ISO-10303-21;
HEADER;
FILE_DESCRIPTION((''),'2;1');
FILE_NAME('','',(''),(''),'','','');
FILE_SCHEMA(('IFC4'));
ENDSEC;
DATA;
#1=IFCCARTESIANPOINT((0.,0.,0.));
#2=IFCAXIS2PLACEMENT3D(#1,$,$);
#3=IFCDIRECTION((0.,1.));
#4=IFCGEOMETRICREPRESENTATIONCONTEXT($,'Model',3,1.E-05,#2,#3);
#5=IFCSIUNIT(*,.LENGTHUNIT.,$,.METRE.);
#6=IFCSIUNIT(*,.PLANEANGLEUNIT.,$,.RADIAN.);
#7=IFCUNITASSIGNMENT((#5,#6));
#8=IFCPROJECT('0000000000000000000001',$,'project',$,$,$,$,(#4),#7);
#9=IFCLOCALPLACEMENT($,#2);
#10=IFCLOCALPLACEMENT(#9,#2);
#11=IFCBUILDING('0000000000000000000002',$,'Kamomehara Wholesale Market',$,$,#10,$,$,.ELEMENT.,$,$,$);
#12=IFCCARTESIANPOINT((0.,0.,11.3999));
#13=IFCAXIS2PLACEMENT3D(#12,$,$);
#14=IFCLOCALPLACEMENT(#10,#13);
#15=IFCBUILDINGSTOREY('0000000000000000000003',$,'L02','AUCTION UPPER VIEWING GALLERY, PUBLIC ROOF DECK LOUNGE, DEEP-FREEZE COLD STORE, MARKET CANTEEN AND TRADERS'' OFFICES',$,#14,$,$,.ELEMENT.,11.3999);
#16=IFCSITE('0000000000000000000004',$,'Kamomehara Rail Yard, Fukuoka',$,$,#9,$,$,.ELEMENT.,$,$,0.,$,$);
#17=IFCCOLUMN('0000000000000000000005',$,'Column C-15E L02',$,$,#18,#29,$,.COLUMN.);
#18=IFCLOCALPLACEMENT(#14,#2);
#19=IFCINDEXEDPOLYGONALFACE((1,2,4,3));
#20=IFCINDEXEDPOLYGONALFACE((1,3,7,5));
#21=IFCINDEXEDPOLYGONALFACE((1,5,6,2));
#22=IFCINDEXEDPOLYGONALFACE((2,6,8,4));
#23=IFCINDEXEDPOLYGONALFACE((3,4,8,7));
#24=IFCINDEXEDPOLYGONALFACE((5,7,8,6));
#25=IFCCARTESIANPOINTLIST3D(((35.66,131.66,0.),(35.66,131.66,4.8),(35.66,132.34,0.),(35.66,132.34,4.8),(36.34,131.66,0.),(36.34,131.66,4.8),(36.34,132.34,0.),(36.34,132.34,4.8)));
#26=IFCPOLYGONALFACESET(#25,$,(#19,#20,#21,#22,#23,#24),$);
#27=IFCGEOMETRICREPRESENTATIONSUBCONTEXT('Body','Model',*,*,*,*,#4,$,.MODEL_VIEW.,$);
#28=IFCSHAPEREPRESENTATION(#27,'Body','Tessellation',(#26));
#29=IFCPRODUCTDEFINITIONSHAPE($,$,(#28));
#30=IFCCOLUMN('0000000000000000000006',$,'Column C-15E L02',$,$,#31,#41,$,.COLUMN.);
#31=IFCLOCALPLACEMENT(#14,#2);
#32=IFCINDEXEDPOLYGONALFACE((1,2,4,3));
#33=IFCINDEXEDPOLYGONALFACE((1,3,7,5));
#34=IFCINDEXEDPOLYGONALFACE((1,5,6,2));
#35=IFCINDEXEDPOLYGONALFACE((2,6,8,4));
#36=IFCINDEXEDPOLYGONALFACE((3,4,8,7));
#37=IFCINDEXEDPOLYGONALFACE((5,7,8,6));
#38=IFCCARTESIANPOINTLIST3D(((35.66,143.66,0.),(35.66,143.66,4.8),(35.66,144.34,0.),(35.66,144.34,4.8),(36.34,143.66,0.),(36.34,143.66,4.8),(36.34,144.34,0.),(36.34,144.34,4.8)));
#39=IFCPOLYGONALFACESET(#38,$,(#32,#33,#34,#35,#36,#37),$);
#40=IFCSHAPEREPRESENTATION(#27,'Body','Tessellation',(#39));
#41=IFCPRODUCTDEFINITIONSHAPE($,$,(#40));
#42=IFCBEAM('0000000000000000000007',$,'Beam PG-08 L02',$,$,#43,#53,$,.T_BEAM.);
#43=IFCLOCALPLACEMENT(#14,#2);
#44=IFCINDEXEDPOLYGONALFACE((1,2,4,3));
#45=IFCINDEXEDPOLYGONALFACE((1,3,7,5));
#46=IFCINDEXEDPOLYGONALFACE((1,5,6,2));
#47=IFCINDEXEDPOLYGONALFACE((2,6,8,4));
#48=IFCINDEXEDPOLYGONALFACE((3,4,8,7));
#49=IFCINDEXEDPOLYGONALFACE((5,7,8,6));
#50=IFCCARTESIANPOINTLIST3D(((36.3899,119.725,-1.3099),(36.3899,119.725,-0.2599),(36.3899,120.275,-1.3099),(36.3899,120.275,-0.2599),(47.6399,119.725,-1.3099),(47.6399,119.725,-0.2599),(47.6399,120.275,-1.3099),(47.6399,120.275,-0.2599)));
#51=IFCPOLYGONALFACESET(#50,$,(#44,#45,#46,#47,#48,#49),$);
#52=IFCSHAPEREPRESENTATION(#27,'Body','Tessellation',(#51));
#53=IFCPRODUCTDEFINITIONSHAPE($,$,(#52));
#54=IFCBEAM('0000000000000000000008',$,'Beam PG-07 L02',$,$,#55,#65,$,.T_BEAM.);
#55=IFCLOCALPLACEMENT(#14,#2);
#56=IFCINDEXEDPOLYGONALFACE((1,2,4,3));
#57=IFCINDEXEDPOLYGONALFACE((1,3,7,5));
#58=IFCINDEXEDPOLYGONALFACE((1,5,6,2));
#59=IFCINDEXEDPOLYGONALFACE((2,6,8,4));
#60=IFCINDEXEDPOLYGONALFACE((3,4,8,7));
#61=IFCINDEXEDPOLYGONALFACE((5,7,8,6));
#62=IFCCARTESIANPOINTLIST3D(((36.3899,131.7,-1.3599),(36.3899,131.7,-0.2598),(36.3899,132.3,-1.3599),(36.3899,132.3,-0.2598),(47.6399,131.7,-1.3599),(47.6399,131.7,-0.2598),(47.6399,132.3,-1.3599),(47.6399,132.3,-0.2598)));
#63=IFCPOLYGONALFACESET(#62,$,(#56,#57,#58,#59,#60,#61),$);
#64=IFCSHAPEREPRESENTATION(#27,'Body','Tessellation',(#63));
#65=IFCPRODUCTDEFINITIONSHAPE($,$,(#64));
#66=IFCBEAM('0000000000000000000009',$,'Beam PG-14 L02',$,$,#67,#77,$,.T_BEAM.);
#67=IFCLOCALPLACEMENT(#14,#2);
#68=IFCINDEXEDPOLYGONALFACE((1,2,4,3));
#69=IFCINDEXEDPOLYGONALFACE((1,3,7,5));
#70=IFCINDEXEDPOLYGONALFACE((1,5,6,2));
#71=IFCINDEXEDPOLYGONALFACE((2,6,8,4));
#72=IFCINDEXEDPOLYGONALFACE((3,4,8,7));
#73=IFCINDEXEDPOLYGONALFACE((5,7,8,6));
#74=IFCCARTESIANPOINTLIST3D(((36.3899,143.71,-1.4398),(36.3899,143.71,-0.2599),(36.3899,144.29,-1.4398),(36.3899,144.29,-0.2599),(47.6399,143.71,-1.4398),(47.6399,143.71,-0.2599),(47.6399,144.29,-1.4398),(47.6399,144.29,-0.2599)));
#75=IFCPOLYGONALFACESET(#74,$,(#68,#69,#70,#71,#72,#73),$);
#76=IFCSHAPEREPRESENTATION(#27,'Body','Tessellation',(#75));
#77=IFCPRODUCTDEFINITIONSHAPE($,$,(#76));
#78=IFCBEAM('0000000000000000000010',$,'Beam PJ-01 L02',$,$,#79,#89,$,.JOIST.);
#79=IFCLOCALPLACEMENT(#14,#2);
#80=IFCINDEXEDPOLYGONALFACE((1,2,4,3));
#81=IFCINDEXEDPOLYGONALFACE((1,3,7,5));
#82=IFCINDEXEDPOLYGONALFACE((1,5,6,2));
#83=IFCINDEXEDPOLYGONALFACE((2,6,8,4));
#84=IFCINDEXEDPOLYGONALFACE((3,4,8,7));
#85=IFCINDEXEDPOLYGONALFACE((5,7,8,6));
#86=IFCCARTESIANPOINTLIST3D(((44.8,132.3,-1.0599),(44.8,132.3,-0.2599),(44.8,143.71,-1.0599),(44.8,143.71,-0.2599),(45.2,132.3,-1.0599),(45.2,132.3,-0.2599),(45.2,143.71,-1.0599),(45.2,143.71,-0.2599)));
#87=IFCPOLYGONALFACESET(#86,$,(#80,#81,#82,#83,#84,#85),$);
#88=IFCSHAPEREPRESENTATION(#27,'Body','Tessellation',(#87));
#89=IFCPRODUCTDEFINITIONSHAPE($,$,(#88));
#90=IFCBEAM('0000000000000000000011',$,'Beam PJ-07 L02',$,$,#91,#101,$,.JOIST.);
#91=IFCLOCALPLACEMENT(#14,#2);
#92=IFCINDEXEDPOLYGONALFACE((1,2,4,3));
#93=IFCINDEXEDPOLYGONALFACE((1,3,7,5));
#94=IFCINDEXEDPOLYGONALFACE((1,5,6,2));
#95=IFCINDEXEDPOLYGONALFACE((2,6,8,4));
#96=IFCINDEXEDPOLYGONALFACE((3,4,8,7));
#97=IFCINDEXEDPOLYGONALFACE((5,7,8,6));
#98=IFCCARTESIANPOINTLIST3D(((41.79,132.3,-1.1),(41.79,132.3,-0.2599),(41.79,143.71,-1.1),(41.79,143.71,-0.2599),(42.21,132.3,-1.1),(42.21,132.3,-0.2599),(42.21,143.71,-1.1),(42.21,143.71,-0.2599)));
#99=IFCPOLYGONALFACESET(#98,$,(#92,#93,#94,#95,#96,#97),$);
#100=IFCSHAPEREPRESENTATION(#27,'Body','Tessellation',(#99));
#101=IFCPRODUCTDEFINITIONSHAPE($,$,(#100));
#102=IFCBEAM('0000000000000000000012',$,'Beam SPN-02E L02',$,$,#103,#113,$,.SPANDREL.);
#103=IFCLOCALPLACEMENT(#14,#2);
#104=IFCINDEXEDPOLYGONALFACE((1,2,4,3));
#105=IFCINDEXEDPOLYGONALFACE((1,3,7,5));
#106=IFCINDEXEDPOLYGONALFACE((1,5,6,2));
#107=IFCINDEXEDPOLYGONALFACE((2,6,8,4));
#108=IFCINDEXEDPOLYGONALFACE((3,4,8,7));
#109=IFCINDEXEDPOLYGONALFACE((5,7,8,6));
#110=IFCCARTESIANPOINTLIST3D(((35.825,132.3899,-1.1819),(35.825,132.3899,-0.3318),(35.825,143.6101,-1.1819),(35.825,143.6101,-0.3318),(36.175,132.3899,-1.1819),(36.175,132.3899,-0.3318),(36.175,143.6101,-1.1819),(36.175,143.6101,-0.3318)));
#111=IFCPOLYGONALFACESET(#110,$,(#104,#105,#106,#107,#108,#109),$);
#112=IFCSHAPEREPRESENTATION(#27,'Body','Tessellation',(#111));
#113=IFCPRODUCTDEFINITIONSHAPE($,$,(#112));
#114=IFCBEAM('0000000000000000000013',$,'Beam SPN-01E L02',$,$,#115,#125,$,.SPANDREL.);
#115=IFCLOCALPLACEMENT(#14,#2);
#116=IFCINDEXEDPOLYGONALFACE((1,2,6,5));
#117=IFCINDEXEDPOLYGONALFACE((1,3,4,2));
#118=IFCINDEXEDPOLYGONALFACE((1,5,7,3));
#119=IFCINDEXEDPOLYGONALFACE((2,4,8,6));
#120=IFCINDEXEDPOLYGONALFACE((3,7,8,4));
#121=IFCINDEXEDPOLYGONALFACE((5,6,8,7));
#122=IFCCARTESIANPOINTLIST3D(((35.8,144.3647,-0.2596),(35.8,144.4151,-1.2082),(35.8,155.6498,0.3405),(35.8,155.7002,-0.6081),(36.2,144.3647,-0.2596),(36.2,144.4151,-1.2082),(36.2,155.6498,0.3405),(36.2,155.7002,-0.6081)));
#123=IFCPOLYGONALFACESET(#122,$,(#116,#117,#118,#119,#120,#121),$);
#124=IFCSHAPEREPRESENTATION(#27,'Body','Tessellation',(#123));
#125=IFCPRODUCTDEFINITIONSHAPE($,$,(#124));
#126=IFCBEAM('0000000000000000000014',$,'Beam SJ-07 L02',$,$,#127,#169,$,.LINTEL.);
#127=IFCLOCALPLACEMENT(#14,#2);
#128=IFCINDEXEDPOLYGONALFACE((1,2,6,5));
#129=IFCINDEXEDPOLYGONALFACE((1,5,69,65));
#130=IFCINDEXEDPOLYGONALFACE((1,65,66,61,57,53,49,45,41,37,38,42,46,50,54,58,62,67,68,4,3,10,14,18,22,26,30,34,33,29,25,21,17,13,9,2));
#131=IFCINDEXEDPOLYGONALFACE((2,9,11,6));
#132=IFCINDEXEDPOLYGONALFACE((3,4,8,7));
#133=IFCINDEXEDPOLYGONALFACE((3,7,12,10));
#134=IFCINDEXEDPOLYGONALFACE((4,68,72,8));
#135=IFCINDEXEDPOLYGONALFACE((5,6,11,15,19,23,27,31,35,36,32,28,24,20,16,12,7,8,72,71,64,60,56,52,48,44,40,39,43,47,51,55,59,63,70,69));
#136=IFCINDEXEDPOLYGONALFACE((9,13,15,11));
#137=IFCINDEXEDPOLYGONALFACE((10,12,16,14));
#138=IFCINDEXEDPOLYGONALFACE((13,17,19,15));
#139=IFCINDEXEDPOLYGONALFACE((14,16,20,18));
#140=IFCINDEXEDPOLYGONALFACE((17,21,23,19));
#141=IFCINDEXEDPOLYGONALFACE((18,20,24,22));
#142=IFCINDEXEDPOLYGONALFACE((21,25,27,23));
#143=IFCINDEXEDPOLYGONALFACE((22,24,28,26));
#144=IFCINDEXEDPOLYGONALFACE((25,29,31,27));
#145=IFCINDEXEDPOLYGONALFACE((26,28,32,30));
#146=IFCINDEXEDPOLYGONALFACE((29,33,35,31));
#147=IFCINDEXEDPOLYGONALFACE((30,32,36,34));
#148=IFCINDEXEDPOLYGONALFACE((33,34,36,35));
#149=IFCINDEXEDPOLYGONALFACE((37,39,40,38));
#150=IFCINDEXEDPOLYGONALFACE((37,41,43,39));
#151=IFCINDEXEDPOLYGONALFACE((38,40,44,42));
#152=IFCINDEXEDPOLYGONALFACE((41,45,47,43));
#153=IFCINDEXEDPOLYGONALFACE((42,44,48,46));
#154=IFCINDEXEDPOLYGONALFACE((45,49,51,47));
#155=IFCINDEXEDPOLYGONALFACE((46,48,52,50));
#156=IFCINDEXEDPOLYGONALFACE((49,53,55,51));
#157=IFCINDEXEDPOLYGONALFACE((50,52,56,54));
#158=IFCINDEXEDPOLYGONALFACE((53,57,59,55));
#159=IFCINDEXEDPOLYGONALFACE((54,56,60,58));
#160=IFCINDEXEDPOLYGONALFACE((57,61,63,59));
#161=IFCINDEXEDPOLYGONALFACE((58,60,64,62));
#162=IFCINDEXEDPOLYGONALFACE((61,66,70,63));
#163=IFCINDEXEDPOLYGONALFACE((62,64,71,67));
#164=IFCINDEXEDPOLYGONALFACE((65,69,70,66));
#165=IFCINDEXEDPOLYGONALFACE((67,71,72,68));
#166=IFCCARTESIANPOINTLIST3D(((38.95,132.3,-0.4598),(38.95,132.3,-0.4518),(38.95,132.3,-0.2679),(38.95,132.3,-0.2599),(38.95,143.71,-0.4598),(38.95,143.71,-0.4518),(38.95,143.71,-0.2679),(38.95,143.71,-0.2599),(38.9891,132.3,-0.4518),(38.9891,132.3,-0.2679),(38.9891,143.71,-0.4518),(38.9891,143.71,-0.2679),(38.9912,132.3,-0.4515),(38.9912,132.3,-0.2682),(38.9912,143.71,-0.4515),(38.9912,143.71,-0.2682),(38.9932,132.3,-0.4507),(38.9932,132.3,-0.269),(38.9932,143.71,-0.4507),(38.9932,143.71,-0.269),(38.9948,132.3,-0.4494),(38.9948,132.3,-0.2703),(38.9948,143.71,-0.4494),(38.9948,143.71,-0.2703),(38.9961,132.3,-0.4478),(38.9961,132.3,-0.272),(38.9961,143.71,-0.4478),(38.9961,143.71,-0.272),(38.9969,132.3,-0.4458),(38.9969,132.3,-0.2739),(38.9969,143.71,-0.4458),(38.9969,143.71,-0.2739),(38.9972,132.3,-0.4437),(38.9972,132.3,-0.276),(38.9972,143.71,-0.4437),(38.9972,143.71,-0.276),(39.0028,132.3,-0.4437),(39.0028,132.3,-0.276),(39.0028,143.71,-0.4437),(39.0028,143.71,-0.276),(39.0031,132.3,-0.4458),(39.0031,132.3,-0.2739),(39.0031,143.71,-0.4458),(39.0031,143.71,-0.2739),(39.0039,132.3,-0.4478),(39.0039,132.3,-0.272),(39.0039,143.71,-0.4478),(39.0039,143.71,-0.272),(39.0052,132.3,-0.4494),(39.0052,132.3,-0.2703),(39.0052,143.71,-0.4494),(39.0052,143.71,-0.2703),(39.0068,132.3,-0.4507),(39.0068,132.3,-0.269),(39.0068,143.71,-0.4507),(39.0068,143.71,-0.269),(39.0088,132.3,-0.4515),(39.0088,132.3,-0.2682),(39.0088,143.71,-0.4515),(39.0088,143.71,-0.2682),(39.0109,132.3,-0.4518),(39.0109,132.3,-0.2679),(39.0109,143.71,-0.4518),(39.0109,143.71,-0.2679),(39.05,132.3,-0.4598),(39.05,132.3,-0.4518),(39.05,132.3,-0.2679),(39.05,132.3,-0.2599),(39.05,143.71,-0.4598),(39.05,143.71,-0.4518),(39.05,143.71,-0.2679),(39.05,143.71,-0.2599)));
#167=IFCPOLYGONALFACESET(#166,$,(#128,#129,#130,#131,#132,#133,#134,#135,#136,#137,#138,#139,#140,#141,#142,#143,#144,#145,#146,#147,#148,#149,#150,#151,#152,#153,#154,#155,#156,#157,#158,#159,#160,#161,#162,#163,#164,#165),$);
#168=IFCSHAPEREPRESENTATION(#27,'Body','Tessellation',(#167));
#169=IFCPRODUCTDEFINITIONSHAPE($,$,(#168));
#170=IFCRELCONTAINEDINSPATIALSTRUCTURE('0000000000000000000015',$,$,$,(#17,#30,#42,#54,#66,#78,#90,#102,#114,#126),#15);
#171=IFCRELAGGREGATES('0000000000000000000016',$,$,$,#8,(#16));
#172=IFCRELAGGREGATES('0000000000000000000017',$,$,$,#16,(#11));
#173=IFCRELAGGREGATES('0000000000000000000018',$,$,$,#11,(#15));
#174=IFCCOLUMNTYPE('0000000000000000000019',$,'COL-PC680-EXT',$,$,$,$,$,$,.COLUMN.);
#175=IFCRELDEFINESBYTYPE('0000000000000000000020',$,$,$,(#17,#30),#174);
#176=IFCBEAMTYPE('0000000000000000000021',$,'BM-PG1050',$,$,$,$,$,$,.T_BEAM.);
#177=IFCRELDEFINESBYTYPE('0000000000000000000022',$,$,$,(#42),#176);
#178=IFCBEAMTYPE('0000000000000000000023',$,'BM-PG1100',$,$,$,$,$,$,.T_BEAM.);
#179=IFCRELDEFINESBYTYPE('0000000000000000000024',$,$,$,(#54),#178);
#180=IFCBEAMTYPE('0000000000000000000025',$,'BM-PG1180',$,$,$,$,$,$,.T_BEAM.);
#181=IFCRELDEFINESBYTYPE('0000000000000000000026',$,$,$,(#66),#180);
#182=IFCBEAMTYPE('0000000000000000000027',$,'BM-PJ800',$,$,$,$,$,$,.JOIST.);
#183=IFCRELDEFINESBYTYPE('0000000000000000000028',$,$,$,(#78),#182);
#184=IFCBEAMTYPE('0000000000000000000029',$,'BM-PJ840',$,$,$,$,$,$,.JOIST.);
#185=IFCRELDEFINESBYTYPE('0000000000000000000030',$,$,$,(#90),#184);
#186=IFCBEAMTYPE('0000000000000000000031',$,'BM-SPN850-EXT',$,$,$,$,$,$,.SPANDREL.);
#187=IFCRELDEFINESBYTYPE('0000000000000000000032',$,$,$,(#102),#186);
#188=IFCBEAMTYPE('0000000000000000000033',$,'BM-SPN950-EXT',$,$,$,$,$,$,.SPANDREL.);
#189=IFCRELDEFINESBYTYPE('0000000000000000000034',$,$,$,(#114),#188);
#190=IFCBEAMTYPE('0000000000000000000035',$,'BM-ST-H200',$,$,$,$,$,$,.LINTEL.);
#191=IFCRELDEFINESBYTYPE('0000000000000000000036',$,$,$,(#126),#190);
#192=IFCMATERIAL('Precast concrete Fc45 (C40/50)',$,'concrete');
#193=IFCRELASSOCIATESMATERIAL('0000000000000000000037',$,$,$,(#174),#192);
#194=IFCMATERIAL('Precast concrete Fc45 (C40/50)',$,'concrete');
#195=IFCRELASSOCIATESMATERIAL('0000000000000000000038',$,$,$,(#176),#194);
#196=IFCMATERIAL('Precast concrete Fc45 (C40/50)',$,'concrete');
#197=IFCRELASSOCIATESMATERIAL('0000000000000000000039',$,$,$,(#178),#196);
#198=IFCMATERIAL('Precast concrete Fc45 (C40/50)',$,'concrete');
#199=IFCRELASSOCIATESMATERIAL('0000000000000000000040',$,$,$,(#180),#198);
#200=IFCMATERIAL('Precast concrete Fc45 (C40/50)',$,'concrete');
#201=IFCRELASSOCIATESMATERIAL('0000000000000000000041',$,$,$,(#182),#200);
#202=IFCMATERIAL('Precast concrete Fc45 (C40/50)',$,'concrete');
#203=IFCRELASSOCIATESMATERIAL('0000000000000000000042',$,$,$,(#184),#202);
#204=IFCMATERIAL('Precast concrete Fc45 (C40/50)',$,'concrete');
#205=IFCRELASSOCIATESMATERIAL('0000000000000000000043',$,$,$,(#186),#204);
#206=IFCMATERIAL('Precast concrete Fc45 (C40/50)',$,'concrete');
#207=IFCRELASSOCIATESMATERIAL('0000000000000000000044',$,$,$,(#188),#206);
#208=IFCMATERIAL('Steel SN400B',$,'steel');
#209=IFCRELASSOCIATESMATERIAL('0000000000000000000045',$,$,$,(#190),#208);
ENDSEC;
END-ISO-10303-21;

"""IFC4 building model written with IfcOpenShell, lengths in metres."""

from ifc_helpers import new_model, si_unit, direction, frame, origin, origin_2d, place, context, subcontext, project, spatial, rectangle, i_section, extrude, material, material_profile, profile_set, type_object, element, save


model = new_model("IFC4")

# Units and contexts
model_context = context("Model", 3, precision=1e-05, world=origin(), true_north=direction((0.0, 1.0)))
body_context = subcontext(model_context, "Body", "Model", "MODEL_VIEW")
ifc_project = project(units=[si_unit("LENGTHUNIT", "METRE"), si_unit("PLANEANGLEUNIT", "RADIAN")], contexts=[model_context])

# Site, building, storey
site_placement = place(None, origin())
site = spatial("IfcSite", under=ifc_project, at=site_placement, Name="Kamomehara Rail Yard, Fukuoka", CompositionType="ELEMENT", RefElevation=0.0)
building_placement = place(site_placement, origin())
building = spatial("IfcBuilding", under=site, at=building_placement, Name="Kamomehara Wholesale Market", CompositionType="ELEMENT")
storey_placement = place(building_placement, frame((0.0, 0.0, 11.3999)))
storey = spatial("IfcBuildingStorey", under=building, at=storey_placement, Name="L02", Description="AUCTION UPPER VIEWING GALLERY, PUBLIC ROOF DECK LOUNGE, DEEP-FREEZE COLD STORE, MARKET CANTEEN AND TRADERS' OFFICES", CompositionType="ELEMENT", Elevation=11.3999)

# Columns
ifc_material_1 = material(Name="Precast concrete Fc45 (C40/50)", Category="concrete")
ifc_material_profile_1 = material_profile(ifc_material_1, rectangle(XDim=0.6799, YDim=0.6799, at=origin_2d()), Name="PC-COL-680x680")
ifc_profile_set_1 = profile_set([ifc_material_profile_1], Name="Precast concrete Fc45 (C40/50)")
column_type = type_object("IfcColumnType", Name="COL-PC680-EXT", PredefinedType="COLUMN", material=ifc_profile_set_1)
for number, where, z_axis, x_axis, name in (
    (1, (36.0, 132.0, 0.0), (0.0, 0.0, 1.0), (1.0, 0.0, 0.0), "Column C-15E L02"),
    (2, (36.0, 144.0, 0.0), (0.0, 0.0, 1.0), (1.0, 0.0, 0.0), "Column C-15E L02"),
):
    element("IfcColumn", number, at=place(storey_placement, frame(where, z_axis=z_axis, x_axis=x_axis)), inside=storey, type_object=column_type, Name=name, PredefinedType="COLUMN", context=body_context, shape_type="SweptSolid", body=[
        extrude(rectangle(XDim=0.6799, YDim=0.6799, at=origin_2d()), origin(), (0.0, 0.0, 1.0), 4.8),
    ])

# Beams
ifc_material_2 = material(Name="Precast concrete Fc45 (C40/50)", Category="concrete")
ifc_material_profile_2 = material_profile(ifc_material_2, rectangle(XDim=0.55, YDim=1.05, at=origin_2d()), Name="PC-GRD-550x1050")
ifc_profile_set_2 = profile_set([ifc_material_profile_2], Name="Precast concrete Fc45 (C40/50)")
beam_type_1 = type_object("IfcBeamType", Name="BM-PG1050", PredefinedType="T_BEAM", material=ifc_profile_set_2)
beam_1_placement = place(storey_placement, frame((36.3899, 120.0, -0.7849), z_axis=(1.0, 0.0, 0.0), x_axis=(0.0, 1.0, 0.0)))
element("IfcBeam", 3, at=beam_1_placement, inside=storey, type_object=beam_type_1, Name="Beam PG-08 L02", PredefinedType="T_BEAM", context=body_context, shape_type="SweptSolid", body=[
    extrude(rectangle(XDim=0.55, YDim=1.05, at=origin_2d()), origin(), (0.0, 0.0, 1.0), 11.25),
])
ifc_material_3 = material(Name="Precast concrete Fc45 (C40/50)", Category="concrete")
ifc_material_profile_3 = material_profile(ifc_material_3, rectangle(XDim=0.6001, YDim=1.1001, at=origin_2d()), Name="PC-GRD-600x1100")
ifc_profile_set_3 = profile_set([ifc_material_profile_3], Name="Precast concrete Fc45 (C40/50)")
beam_type_2 = type_object("IfcBeamType", Name="BM-PG1100", PredefinedType="T_BEAM", material=ifc_profile_set_3)
beam_2_placement = place(storey_placement, frame((36.3899, 132.0, -0.8098), z_axis=(1.0, 0.0, 0.0), x_axis=(0.0, 1.0, 0.0)))
element("IfcBeam", 4, at=beam_2_placement, inside=storey, type_object=beam_type_2, Name="Beam PG-07 L02", PredefinedType="T_BEAM", context=body_context, shape_type="SweptSolid", body=[
    extrude(rectangle(XDim=0.6001, YDim=1.1001, at=origin_2d()), origin(), (0.0, 0.0, 1.0), 11.25),
])
ifc_material_4 = material(Name="Precast concrete Fc45 (C40/50)", Category="concrete")
ifc_material_profile_4 = material_profile(ifc_material_4, rectangle(XDim=0.5801, YDim=1.1799, at=origin_2d()), Name="PC-GRD-580x1180")
ifc_profile_set_4 = profile_set([ifc_material_profile_4], Name="Precast concrete Fc45 (C40/50)")
beam_type_3 = type_object("IfcBeamType", Name="BM-PG1180", PredefinedType="T_BEAM", material=ifc_profile_set_4)
beam_3_placement = place(storey_placement, frame((36.3899, 144.0, -0.8499), z_axis=(1.0, 0.0, 0.0), x_axis=(0.0, 1.0, 0.0)))
element("IfcBeam", 5, at=beam_3_placement, inside=storey, type_object=beam_type_3, Name="Beam PG-14 L02", PredefinedType="T_BEAM", context=body_context, shape_type="SweptSolid", body=[
    extrude(rectangle(XDim=0.5801, YDim=1.1799, at=origin_2d()), origin(), (0.0, 0.0, 1.0), 11.25),
])
ifc_material_5 = material(Name="Precast concrete Fc45 (C40/50)", Category="concrete")
ifc_material_profile_5 = material_profile(ifc_material_5, rectangle(XDim=0.3999, YDim=0.8, at=origin_2d()), Name="PC-JST-400x800")
ifc_profile_set_5 = profile_set([ifc_material_profile_5], Name="Precast concrete Fc45 (C40/50)")
beam_type_4 = type_object("IfcBeamType", Name="BM-PJ800", PredefinedType="JOIST", material=ifc_profile_set_5)
beam_4_placement = place(storey_placement, frame((45.0, 132.3, -0.6599), z_axis=(0.0, 1.0, 0.0), x_axis=(-1.0, 0.0, 0.0)))
element("IfcBeam", 6, at=beam_4_placement, inside=storey, type_object=beam_type_4, Name="Beam PJ-01 L02", PredefinedType="JOIST", context=body_context, shape_type="SweptSolid", body=[
    extrude(rectangle(XDim=0.3999, YDim=0.8, at=origin_2d()), origin(), (0.0, 0.0, 1.0), 11.4099),
])
ifc_material_6 = material(Name="Precast concrete Fc45 (C40/50)", Category="concrete")
ifc_material_profile_6 = material_profile(ifc_material_6, rectangle(XDim=0.4199, YDim=0.8401, at=origin_2d()), Name="PC-JST-420x840")
ifc_profile_set_6 = profile_set([ifc_material_profile_6], Name="Precast concrete Fc45 (C40/50)")
beam_type_5 = type_object("IfcBeamType", Name="BM-PJ840", PredefinedType="JOIST", material=ifc_profile_set_6)
beam_5_placement = place(storey_placement, frame((42.0, 132.3, -0.6799), z_axis=(0.0, 1.0, 0.0), x_axis=(-1.0, 0.0, 0.0)))
element("IfcBeam", 7, at=beam_5_placement, inside=storey, type_object=beam_type_5, Name="Beam PJ-07 L02", PredefinedType="JOIST", context=body_context, shape_type="SweptSolid", body=[
    extrude(rectangle(XDim=0.4199, YDim=0.8401, at=origin_2d()), origin(), (0.0, 0.0, 1.0), 11.4099),
])
ifc_material_7 = material(Name="Precast concrete Fc45 (C40/50)", Category="concrete")
ifc_material_profile_7 = material_profile(ifc_material_7, rectangle(XDim=0.3501, YDim=0.8501, at=origin_2d()), Name="PC-SPN-350x850")
ifc_profile_set_7 = profile_set([ifc_material_profile_7], Name="Precast concrete Fc45 (C40/50)")
beam_type_6 = type_object("IfcBeamType", Name="BM-SPN850-EXT", PredefinedType="SPANDREL", material=ifc_profile_set_7)
beam_6_placement = place(storey_placement, frame((36.0, 132.3899, -0.7568), z_axis=(0.0, 1.0, 0.0), x_axis=(-1.0, 0.0, 0.0)))
element("IfcBeam", 8, at=beam_6_placement, inside=storey, type_object=beam_type_6, Name="Beam SPN-02E L02", PredefinedType="SPANDREL", context=body_context, shape_type="SweptSolid", body=[
    extrude(rectangle(XDim=0.3501, YDim=0.8501, at=origin_2d()), origin(), (0.0, 0.0, 1.0), 11.2202),
])
ifc_material_8 = material(Name="Precast concrete Fc45 (C40/50)", Category="concrete")
ifc_material_profile_8 = material_profile(ifc_material_8, rectangle(XDim=0.3999, YDim=0.95, at=origin_2d()), Name="PC-SPN-400x950")
ifc_profile_set_8 = profile_set([ifc_material_profile_8], Name="Precast concrete Fc45 (C40/50)")
beam_type_7 = type_object("IfcBeamType", Name="BM-SPN950-EXT", PredefinedType="SPANDREL", material=ifc_profile_set_8)
beam_7_placement = place(storey_placement, frame((36.0, 144.3899, -0.7339), z_axis=(0.0, 0.998589, 0.053101), x_axis=(-1.0, 0.0, 0.0)))
element("IfcBeam", 9, at=beam_7_placement, inside=storey, type_object=beam_type_7, Name="Beam SPN-01E L02", PredefinedType="SPANDREL", context=body_context, shape_type="SweptSolid", body=[
    extrude(rectangle(XDim=0.3999, YDim=0.95, at=origin_2d()), origin(), (0.0, 0.0, 1.0), 11.301),
])
ifc_material_9 = material(Name="Steel SN400B", Category="steel")
ifc_material_profile_9 = material_profile(ifc_material_9, i_section(OverallWidth=0.1001, OverallDepth=0.2, WebThickness=0.0056, FlangeThickness=0.0081, FilletRadius=0.0081, at=origin_2d()), Name="H-200x100x5.5x8")
ifc_profile_set_9 = profile_set([ifc_material_profile_9], Name="Steel SN400B")
beam_type_8 = type_object("IfcBeamType", Name="BM-ST-H200", PredefinedType="LINTEL", material=ifc_profile_set_9)
beam_8_placement = place(storey_placement, frame((39.0, 132.3, -0.3599), z_axis=(0.0, 1.0, 0.0), x_axis=(-1.0, 0.0, 0.0)))
element("IfcBeam", 10, at=beam_8_placement, inside=storey, type_object=beam_type_8, Name="Beam SJ-07 L02", PredefinedType="LINTEL", context=body_context, shape_type="SweptSolid", body=[
    extrude(i_section(OverallWidth=0.1001, OverallDepth=0.2, WebThickness=0.0056, FlangeThickness=0.0081, FilletRadius=0.0081, at=origin_2d()), origin(), (0.0, 0.0, 1.0), 11.4099),
])

save(model, "model.ifc")
